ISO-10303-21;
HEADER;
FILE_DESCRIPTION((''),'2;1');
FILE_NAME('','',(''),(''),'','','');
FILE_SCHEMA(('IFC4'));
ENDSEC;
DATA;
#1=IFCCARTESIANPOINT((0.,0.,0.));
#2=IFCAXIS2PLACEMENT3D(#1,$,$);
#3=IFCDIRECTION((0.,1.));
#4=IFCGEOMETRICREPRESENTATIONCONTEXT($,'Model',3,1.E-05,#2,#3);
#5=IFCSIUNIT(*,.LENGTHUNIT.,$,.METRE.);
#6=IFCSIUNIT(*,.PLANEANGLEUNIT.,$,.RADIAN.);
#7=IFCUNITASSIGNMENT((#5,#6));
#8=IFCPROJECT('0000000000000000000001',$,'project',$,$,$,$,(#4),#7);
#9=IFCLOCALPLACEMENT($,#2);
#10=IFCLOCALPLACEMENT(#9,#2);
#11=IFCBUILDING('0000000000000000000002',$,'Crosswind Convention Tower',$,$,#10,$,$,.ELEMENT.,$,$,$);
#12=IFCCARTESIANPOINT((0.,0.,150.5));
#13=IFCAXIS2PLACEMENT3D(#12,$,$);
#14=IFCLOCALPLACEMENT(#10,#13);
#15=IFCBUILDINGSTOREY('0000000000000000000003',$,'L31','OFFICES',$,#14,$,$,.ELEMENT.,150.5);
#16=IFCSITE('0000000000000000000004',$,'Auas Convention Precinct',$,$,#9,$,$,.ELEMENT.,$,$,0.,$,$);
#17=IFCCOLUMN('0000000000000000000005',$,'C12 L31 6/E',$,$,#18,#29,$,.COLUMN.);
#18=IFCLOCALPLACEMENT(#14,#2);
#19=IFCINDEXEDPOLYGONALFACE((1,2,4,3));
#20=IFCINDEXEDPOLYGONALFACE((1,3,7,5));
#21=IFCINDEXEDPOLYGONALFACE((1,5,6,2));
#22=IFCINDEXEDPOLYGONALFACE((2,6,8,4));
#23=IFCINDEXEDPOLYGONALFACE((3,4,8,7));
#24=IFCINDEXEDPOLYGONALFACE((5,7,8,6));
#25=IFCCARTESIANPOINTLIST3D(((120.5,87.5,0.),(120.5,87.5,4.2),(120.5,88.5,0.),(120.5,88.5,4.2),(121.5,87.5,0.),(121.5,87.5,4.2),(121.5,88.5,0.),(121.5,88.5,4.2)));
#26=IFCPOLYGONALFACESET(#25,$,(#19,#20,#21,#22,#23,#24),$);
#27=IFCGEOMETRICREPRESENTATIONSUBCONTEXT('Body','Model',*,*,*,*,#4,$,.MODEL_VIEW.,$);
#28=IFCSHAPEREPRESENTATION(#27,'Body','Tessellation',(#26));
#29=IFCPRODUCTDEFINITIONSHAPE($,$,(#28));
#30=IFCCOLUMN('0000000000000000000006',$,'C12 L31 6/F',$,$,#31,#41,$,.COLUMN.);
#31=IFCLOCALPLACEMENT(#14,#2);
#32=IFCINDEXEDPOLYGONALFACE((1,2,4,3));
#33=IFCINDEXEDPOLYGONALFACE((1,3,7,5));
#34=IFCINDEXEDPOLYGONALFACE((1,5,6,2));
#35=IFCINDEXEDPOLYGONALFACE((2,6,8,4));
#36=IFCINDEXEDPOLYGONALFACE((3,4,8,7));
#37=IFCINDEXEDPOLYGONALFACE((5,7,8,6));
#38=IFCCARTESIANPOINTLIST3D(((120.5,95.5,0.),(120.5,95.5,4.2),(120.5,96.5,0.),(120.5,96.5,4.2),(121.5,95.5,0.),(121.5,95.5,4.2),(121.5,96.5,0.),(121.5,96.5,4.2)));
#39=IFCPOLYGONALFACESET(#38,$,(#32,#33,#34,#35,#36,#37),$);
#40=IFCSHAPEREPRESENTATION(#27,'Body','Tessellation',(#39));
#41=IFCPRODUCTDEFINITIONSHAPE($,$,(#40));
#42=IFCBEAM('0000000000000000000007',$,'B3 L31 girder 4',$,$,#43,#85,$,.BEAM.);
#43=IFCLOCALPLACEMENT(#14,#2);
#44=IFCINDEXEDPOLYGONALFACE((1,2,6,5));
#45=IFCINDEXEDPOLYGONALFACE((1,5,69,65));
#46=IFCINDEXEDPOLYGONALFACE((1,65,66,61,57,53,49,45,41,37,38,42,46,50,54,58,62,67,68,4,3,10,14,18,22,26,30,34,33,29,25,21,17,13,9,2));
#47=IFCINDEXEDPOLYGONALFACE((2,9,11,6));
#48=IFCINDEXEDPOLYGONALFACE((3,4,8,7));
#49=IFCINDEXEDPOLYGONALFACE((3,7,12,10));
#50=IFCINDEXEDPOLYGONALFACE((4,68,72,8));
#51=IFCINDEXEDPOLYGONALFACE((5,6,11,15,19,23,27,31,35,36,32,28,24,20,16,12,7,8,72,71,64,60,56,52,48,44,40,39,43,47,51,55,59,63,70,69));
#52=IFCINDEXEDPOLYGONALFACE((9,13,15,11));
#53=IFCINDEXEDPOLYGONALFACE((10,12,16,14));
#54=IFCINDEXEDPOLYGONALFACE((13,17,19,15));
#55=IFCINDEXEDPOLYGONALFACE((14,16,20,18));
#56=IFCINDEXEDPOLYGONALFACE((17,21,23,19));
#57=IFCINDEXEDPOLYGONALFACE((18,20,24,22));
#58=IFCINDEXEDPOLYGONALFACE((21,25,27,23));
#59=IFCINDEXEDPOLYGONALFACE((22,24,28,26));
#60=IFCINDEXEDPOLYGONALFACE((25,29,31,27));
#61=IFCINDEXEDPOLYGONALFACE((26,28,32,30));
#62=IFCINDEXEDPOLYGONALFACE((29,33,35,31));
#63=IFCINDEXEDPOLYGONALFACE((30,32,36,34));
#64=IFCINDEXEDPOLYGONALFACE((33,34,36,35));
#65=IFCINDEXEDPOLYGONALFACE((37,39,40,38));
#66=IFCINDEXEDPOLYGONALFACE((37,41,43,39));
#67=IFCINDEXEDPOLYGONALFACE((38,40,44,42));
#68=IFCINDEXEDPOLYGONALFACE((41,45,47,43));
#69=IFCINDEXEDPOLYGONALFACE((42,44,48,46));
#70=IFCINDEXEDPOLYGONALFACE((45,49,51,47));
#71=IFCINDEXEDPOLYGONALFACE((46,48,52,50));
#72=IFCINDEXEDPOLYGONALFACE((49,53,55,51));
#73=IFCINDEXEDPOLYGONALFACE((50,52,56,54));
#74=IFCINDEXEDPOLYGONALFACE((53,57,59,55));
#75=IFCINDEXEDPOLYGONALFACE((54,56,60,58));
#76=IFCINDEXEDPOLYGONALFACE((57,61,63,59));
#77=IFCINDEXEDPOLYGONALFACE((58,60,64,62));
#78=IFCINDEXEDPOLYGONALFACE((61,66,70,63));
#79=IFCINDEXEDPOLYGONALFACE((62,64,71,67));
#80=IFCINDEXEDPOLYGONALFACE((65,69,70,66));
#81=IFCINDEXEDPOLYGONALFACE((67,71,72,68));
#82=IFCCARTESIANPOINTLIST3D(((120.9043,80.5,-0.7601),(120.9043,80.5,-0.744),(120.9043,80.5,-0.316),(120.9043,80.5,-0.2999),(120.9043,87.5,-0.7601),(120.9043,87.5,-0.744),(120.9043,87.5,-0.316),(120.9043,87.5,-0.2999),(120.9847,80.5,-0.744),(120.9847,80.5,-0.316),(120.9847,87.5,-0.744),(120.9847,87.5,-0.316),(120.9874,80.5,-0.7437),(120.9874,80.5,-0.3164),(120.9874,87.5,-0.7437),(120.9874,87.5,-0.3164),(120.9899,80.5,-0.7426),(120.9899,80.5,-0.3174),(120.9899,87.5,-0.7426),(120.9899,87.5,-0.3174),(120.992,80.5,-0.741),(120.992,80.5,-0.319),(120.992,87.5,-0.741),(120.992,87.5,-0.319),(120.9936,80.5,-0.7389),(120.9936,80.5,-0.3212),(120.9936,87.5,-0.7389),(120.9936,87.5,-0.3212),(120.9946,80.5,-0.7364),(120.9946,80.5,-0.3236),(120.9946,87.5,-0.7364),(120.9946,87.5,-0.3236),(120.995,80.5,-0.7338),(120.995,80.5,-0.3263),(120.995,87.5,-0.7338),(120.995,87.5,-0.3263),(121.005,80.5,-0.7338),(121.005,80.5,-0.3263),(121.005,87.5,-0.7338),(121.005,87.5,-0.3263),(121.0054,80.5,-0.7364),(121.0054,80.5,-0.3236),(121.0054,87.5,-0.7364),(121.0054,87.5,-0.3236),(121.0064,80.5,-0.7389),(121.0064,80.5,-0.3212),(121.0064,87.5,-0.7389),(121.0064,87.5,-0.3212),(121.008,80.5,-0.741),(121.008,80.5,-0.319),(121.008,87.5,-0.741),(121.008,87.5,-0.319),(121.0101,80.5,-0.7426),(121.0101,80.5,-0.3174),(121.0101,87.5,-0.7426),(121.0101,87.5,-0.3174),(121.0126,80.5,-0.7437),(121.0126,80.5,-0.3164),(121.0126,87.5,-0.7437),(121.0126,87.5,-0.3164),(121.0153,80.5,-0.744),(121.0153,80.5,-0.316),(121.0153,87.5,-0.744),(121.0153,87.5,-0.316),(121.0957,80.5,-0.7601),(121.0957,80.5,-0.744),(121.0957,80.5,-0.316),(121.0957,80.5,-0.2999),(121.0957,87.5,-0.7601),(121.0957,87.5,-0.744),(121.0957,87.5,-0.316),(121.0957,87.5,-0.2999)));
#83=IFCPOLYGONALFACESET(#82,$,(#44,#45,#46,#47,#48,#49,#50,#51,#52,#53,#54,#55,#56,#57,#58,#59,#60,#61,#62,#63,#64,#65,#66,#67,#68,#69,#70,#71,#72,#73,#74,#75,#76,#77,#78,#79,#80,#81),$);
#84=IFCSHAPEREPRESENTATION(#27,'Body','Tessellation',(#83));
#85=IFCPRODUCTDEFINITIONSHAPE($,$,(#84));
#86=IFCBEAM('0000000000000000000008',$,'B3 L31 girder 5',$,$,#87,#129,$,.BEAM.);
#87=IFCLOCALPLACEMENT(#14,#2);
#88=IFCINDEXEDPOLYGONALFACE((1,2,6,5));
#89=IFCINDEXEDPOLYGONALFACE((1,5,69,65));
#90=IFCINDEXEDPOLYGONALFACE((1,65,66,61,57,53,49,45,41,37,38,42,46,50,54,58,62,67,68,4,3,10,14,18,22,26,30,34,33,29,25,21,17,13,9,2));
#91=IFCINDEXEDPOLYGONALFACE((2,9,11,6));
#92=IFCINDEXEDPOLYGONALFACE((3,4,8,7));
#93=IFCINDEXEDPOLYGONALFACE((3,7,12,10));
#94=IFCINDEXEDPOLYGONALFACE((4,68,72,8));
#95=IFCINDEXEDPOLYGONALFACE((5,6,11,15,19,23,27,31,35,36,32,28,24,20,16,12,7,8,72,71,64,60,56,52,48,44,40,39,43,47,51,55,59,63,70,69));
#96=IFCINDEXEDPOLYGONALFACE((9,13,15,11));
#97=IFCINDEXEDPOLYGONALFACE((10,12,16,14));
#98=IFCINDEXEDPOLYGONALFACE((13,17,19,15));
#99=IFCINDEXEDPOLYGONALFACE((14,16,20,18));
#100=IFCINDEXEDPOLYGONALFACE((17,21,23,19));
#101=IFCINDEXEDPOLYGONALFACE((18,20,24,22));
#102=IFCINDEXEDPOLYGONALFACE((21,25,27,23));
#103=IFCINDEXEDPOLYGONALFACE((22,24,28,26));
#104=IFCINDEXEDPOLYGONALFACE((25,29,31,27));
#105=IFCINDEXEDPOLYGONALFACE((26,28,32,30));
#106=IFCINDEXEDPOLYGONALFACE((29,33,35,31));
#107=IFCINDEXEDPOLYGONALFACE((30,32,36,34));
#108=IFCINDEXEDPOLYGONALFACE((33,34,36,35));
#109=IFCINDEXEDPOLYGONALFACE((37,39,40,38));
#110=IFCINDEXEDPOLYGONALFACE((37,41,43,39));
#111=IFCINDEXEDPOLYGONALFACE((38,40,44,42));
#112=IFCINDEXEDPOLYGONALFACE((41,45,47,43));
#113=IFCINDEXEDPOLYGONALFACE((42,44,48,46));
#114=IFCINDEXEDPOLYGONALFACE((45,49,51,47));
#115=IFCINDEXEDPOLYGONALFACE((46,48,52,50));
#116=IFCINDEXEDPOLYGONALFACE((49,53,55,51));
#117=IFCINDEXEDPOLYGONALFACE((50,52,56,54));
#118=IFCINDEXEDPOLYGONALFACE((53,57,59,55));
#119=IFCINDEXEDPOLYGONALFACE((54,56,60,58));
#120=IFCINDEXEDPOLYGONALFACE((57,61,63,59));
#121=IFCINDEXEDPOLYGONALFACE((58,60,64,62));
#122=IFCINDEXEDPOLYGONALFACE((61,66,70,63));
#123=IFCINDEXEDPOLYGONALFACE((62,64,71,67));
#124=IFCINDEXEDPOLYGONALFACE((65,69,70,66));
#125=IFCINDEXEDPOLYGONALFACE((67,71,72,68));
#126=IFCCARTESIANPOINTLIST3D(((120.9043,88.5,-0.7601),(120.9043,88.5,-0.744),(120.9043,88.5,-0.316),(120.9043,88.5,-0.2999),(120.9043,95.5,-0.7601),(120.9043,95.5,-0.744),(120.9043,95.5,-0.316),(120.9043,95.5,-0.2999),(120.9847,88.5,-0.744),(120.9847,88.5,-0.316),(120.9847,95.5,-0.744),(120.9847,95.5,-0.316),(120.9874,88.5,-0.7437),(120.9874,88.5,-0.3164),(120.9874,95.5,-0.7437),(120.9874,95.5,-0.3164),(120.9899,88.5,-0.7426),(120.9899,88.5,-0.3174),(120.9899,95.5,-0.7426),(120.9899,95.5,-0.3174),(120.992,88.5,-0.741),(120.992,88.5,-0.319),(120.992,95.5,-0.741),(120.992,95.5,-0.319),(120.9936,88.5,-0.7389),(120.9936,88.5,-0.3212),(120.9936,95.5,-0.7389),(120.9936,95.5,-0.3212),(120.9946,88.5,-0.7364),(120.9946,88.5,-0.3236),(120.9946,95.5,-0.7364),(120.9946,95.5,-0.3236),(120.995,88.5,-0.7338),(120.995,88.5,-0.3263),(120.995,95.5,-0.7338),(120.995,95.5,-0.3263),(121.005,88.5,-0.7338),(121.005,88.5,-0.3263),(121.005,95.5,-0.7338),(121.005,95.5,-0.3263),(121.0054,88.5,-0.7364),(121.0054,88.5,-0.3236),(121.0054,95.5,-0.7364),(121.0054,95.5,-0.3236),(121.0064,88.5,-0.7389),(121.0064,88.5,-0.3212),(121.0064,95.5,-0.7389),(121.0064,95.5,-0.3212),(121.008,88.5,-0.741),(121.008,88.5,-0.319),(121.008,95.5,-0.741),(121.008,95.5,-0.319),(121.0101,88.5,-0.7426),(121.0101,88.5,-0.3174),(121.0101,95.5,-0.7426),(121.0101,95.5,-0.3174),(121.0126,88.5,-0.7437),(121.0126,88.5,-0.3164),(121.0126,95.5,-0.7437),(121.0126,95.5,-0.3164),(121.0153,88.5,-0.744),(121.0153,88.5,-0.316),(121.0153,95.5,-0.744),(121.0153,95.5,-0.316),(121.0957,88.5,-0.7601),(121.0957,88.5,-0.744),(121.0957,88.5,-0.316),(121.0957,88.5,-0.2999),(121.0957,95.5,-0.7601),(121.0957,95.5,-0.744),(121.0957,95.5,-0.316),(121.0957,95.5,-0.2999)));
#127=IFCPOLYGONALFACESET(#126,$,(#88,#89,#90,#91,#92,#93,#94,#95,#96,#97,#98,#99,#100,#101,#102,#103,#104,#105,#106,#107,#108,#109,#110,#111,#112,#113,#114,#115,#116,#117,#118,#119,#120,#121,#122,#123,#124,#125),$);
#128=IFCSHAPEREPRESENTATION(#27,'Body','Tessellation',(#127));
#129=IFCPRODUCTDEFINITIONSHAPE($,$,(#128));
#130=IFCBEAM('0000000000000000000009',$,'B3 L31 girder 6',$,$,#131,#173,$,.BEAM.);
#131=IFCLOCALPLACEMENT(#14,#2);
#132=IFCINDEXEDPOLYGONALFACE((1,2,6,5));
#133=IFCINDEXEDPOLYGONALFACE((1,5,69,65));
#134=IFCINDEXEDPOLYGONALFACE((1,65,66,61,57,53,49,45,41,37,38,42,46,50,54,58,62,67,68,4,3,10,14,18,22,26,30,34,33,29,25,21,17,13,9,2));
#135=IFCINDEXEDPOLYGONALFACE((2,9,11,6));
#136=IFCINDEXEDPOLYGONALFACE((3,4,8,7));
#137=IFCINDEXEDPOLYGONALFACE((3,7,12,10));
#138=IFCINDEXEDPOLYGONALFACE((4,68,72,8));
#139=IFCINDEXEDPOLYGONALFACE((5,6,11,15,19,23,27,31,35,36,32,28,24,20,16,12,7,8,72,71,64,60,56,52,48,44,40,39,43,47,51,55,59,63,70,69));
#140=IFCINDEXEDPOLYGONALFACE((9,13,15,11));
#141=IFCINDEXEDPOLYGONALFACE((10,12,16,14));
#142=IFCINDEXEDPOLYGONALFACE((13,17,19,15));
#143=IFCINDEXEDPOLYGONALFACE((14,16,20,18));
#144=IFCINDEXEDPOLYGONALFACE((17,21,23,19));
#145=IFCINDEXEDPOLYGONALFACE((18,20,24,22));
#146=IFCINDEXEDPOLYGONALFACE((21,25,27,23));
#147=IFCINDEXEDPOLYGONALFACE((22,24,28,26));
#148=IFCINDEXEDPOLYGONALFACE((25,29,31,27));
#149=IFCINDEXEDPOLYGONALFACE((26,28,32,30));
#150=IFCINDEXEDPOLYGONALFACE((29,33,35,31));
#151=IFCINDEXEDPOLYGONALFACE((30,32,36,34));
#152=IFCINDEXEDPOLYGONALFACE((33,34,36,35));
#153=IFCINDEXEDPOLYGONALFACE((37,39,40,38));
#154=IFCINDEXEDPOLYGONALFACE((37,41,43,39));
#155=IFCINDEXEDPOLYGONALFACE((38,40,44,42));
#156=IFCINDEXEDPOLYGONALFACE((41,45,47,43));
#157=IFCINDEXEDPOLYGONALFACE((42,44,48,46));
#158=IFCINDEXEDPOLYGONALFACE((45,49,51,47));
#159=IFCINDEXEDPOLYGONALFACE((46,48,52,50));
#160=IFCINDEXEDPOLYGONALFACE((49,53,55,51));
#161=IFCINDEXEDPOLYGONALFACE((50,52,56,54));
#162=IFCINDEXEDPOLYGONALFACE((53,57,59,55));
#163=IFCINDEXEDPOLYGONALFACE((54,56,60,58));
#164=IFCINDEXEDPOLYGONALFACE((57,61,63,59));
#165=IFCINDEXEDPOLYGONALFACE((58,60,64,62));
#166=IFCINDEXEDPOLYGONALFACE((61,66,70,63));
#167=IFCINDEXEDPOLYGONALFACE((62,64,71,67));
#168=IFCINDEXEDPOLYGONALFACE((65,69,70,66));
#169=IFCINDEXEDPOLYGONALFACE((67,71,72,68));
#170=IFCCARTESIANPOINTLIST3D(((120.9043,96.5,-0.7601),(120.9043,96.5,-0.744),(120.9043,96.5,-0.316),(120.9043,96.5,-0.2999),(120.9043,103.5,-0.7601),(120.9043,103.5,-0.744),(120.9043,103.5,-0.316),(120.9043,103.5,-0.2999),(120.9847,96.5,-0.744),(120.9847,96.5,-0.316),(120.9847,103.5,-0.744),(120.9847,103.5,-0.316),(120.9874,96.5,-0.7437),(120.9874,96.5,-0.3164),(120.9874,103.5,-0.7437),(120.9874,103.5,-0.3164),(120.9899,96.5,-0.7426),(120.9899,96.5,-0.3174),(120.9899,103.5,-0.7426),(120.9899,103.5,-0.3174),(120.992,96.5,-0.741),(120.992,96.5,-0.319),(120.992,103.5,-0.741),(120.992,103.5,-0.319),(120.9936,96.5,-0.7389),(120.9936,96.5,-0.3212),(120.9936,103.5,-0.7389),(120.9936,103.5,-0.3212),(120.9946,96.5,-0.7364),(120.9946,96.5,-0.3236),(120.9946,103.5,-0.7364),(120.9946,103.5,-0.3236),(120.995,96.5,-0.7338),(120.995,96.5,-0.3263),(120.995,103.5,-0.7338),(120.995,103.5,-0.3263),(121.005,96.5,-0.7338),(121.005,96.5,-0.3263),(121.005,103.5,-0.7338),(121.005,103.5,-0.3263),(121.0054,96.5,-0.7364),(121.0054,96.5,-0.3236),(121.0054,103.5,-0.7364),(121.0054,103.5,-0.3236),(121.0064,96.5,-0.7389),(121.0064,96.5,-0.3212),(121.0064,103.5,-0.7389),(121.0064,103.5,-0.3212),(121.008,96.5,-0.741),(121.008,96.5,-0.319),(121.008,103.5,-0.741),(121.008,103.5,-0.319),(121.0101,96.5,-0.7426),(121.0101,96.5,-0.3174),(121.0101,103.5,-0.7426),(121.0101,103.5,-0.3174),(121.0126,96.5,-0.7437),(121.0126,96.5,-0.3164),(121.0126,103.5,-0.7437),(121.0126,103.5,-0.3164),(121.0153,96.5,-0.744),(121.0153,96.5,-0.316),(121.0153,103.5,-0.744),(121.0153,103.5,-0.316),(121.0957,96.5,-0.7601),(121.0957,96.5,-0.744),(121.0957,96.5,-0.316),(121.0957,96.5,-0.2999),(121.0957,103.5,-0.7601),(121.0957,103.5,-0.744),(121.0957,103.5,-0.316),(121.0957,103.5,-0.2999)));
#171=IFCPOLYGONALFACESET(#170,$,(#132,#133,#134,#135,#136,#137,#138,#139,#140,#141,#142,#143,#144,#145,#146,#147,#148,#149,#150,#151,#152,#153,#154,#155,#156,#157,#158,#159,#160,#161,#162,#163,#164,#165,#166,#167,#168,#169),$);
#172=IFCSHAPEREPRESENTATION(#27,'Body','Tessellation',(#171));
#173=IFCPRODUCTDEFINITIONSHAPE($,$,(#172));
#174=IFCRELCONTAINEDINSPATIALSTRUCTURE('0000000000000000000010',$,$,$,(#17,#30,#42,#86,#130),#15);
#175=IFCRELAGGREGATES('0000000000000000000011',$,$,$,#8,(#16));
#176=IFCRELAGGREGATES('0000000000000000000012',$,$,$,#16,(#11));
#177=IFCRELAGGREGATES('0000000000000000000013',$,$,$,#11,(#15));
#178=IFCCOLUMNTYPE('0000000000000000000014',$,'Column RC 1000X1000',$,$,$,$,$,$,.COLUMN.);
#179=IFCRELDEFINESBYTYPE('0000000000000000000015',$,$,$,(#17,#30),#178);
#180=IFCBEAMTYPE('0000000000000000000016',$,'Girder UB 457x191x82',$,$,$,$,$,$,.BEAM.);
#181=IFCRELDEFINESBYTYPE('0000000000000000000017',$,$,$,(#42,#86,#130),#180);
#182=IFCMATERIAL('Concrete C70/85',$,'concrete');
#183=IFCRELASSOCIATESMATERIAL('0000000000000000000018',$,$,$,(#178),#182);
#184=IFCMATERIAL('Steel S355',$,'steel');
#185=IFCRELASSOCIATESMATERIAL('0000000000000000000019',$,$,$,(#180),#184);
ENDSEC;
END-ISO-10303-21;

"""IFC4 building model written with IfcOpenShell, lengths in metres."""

from ifc_helpers import new_model, si_unit, direction, frame, origin, origin_2d, place, context, subcontext, project, spatial, rectangle, i_section, extrude, material, material_profile, profile_set, type_object, element, save


model = new_model("IFC4")

# Units and contexts
model_context = context("Model", 3, precision=1e-05, world=origin(), true_north=direction((0.0, 1.0)))
body_context = subcontext(model_context, "Body", "Model", "MODEL_VIEW")
ifc_project = project(units=[si_unit("LENGTHUNIT", "METRE"), si_unit("PLANEANGLEUNIT", "RADIAN")], contexts=[model_context])

# Site, building, storey
site_placement = place(None, origin())
site = spatial("IfcSite", under=ifc_project, at=site_placement, Name="Auas Convention Precinct", CompositionType="ELEMENT", RefElevation=0.0)
building_placement = place(site_placement, origin())
building = spatial("IfcBuilding", under=site, at=building_placement, Name="Crosswind Convention Tower", CompositionType="ELEMENT")
storey_placement = place(building_placement, frame((0.0, 0.0, 150.5)))
storey = spatial("IfcBuildingStorey", under=building, at=storey_placement, Name="L31", Description="OFFICES", CompositionType="ELEMENT", Elevation=150.5)

# Columns
ifc_material_1 = material(Name="Concrete C70/85", Category="concrete")
ifc_material_profile_1 = material_profile(ifc_material_1, rectangle(XDim=1.0, YDim=1.0, at=origin_2d()), Name="RC 1000X1000")
ifc_profile_set_1 = profile_set([ifc_material_profile_1], Name="Concrete C70/85")
column_type = type_object("IfcColumnType", Name="Column RC 1000X1000", PredefinedType="COLUMN", material=ifc_profile_set_1)
for number, where, z_axis, x_axis, name in (
    (1, (121.0, 88.0, 0.0), (0.0, 0.0, 1.0), (1.0, 0.0, 0.0), "C12 L31 6/E"),
    (2, (121.0, 96.0, 0.0), (0.0, 0.0, 1.0), (1.0, 0.0, 0.0), "C12 L31 6/F"),
):
    element("IfcColumn", number, at=place(storey_placement, frame(where, z_axis=z_axis, x_axis=x_axis)), inside=storey, type_object=column_type, Name=name, PredefinedType="COLUMN", context=body_context, shape_type="SweptSolid", body=[
        extrude(rectangle(XDim=1.0, YDim=1.0, at=origin_2d()), origin(), (0.0, 0.0, 1.0), 4.2),
    ])

# Beams
ifc_material_2 = material(Name="Steel S355", Category="steel")
ifc_material_profile_2 = material_profile(ifc_material_2, i_section(OverallWidth=0.1914, OverallDepth=0.4602, WebThickness=0.01, FlangeThickness=0.0161, FilletRadius=0.0103, at=origin_2d()), Name="UB 457x191x82")
ifc_profile_set_2 = profile_set([ifc_material_profile_2], Name="Steel S355")
beam_type_1 = type_object("IfcBeamType", Name="Girder UB 457x191x82", PredefinedType="BEAM", material=ifc_profile_set_2)
for number, where, z_axis, x_axis, name in (
    (3, (121.0, 80.5, -0.53), (0.0, 1.0, 0.0), (-1.0, 0.0, 0.0), "B3 L31 girder 4"),
    (4, (121.0, 88.5, -0.53), (0.0, 1.0, 0.0), (-1.0, 0.0, 0.0), "B3 L31 girder 5"),
    (5, (121.0, 96.5, -0.53), (0.0, 1.0, 0.0), (-1.0, 0.0, 0.0), "B3 L31 girder 6"),
):
    element("IfcBeam", number, at=place(storey_placement, frame(where, z_axis=z_axis, x_axis=x_axis)), inside=storey, type_object=beam_type_1, Name=name, PredefinedType="BEAM", context=body_context, shape_type="SweptSolid", body=[
        extrude(i_section(OverallWidth=0.1914, OverallDepth=0.4602, WebThickness=0.01, FlangeThickness=0.0161, FilletRadius=0.0103, at=origin_2d()), origin(), (0.0, 0.0, 1.0), 7.0),
    ])

save(model, "model.ifc")
